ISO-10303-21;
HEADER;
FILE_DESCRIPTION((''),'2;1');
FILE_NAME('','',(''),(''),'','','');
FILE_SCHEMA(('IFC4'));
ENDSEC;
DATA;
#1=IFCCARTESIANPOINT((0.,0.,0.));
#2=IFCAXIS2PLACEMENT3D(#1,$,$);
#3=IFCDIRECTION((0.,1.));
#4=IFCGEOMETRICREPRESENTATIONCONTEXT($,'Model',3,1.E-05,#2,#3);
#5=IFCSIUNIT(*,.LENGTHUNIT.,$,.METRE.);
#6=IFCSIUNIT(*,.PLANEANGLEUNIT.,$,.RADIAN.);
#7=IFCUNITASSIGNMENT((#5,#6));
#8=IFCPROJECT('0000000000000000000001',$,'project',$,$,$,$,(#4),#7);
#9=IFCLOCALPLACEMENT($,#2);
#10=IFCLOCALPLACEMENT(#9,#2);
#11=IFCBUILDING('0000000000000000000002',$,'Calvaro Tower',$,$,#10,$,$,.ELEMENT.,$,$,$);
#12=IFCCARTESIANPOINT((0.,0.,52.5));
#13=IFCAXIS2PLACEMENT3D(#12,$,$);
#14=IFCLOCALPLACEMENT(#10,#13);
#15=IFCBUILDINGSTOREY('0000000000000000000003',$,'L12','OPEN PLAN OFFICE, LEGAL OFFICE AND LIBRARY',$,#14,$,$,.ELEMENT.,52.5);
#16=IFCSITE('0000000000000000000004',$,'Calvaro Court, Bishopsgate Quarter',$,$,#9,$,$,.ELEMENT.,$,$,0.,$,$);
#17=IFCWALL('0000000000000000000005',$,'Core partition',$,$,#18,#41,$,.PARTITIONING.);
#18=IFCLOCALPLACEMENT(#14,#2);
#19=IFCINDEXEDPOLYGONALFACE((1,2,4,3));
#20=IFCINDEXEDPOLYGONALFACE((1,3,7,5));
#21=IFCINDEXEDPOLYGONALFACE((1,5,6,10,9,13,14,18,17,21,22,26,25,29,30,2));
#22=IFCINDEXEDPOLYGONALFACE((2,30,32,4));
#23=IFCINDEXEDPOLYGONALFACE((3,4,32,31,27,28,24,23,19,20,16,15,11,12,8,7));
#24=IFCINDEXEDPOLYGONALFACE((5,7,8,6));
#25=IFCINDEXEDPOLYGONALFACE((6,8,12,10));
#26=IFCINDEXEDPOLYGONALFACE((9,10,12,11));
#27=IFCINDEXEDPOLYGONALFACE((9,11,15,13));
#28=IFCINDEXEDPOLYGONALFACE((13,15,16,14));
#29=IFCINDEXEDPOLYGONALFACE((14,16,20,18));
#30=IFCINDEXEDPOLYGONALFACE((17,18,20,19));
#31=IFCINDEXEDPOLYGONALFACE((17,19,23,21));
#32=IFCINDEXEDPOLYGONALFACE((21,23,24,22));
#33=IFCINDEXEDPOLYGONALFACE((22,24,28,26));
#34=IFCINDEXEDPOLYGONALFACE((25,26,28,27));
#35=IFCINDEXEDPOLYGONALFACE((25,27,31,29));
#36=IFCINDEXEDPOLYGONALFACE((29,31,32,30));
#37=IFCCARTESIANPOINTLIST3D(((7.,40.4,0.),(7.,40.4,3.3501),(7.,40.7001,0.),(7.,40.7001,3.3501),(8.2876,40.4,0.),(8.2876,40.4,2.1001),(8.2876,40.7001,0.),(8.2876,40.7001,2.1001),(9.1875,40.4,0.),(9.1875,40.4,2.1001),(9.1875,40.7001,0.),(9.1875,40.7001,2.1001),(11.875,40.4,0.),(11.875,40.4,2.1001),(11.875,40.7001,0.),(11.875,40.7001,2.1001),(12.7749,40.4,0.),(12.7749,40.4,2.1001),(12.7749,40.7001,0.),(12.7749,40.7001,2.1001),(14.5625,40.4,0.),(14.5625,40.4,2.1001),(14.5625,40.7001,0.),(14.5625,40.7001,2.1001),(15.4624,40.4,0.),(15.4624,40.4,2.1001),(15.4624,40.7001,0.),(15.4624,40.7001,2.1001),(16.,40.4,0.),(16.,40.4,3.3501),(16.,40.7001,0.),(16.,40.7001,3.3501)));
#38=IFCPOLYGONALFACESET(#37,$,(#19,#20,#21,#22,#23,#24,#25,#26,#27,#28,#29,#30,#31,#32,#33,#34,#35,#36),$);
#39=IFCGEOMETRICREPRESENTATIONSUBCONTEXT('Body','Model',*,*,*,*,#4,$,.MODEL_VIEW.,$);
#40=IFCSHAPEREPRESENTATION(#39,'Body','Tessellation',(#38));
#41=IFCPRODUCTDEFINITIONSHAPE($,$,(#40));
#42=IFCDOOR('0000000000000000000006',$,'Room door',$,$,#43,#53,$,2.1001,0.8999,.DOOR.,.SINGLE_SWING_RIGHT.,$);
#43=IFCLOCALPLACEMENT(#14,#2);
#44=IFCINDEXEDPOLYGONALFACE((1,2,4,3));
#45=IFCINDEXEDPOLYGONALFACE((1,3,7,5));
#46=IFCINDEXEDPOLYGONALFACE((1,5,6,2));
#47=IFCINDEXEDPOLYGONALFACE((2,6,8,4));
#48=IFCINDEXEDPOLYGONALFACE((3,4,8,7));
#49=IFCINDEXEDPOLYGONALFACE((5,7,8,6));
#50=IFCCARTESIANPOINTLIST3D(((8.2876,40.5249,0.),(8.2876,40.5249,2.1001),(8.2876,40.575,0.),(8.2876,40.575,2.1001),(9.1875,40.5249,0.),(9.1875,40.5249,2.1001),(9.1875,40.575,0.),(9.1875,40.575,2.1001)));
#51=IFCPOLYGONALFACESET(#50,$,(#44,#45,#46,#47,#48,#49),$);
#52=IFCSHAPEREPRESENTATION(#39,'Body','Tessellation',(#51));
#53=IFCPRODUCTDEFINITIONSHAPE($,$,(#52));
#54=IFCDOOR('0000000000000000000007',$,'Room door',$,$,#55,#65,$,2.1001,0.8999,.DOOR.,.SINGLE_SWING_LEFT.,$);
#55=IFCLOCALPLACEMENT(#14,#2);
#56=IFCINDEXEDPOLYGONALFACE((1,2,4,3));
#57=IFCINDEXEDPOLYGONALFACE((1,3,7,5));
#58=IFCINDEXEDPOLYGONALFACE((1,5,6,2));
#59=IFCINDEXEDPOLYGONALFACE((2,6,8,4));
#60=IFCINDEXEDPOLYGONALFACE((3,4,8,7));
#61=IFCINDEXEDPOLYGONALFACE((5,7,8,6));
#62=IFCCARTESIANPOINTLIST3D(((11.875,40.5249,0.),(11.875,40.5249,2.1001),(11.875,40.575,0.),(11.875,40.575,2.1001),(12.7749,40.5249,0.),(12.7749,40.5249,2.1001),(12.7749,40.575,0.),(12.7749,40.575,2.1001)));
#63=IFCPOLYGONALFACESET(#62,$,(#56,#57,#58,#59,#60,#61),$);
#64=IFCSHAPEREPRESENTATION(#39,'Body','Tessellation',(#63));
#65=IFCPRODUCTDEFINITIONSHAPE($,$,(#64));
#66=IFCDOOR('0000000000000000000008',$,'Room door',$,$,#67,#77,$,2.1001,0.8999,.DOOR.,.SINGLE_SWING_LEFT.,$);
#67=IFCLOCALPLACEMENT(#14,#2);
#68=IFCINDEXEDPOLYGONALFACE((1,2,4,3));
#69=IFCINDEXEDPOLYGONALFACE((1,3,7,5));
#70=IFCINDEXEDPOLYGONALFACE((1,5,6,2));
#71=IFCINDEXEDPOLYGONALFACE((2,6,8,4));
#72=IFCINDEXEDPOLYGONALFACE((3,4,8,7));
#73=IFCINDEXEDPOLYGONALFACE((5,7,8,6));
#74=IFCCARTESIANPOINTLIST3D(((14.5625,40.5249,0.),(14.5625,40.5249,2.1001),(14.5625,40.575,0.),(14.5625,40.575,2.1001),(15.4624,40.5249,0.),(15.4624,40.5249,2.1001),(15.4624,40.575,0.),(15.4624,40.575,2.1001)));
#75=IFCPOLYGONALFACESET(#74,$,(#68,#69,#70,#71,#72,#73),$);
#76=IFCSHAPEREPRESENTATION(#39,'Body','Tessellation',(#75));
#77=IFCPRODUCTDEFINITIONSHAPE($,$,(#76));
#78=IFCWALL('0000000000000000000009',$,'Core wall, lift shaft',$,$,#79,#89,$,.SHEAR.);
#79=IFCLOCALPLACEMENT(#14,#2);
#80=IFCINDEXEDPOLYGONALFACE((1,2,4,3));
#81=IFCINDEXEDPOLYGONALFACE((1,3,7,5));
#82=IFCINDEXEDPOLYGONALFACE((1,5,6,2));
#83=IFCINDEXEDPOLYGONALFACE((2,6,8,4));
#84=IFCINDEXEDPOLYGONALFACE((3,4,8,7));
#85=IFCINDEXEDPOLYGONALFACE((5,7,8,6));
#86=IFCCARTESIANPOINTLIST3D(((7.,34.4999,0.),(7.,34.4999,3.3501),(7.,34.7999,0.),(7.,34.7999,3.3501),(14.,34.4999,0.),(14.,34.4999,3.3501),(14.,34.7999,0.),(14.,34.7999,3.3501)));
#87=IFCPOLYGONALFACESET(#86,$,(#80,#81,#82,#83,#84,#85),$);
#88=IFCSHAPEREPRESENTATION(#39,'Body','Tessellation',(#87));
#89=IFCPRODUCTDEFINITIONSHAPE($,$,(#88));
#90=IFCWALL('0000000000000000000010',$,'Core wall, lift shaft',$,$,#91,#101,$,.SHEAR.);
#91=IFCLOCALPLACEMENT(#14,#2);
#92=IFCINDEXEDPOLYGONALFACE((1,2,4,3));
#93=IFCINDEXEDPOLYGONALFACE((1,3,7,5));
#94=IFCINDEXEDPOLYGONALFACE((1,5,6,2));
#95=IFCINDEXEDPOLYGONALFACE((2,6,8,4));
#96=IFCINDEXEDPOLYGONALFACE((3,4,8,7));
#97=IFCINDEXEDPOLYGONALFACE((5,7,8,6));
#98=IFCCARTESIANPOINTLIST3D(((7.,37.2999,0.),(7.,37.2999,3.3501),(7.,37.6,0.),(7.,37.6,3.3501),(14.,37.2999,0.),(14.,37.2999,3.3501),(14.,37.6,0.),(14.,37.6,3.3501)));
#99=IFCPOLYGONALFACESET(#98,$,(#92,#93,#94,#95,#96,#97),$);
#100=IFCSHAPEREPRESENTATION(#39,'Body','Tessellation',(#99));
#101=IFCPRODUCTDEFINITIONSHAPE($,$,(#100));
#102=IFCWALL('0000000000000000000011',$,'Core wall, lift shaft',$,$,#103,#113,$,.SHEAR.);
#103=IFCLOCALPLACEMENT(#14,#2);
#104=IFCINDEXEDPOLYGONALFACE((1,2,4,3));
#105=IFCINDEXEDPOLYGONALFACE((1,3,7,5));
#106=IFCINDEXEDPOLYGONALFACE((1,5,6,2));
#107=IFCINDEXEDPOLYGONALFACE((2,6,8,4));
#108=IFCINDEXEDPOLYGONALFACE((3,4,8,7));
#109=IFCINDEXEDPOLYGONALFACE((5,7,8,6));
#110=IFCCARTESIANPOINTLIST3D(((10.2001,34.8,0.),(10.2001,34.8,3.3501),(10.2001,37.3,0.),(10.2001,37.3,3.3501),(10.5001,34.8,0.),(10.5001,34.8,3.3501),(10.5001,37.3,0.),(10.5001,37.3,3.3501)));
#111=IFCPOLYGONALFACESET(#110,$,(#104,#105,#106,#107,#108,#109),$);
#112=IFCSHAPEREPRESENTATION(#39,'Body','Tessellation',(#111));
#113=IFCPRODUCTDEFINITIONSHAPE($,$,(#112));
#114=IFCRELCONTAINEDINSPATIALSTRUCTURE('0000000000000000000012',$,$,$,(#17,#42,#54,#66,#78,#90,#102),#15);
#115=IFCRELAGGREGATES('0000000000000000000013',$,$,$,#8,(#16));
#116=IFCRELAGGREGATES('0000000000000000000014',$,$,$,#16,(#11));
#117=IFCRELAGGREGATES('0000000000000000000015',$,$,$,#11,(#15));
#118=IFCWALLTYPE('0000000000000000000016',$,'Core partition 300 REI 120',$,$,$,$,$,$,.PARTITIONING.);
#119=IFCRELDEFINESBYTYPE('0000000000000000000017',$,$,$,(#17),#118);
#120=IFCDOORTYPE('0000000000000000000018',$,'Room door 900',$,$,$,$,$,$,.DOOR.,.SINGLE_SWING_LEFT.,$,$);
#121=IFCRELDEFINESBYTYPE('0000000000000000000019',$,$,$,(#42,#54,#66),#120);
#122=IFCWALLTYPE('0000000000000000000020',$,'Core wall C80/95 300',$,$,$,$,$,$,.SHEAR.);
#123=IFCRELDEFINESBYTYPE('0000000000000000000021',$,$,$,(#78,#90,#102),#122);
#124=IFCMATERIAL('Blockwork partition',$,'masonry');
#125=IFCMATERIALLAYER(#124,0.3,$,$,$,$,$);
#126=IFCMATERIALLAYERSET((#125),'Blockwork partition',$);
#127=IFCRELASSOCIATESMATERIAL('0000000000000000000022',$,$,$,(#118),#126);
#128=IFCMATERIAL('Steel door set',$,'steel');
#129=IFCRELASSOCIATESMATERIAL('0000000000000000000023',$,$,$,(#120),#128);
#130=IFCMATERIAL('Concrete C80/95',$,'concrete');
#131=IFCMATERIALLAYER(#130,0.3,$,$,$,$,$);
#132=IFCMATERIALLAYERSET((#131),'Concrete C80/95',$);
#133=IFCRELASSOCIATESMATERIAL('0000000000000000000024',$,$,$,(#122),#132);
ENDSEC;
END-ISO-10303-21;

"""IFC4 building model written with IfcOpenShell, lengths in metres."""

from ifc_helpers import new_model, si_unit, direction, frame, frame_2d, origin, place, context, subcontext, project, spatial, rectangle, extrude, material, layer, layer_set, type_object, element, fill, save


model = new_model("IFC4")

# Units and contexts
model_context = context("Model", 3, precision=1e-05, world=origin(), true_north=direction((0.0, 1.0)))
body_context = subcontext(model_context, "Body", "Model", "MODEL_VIEW")
ifc_project = project(units=[si_unit("LENGTHUNIT", "METRE"), si_unit("PLANEANGLEUNIT", "RADIAN")], contexts=[model_context])

# Site, building, storey
site_placement = place(None, origin())
site = spatial("IfcSite", under=ifc_project, at=site_placement, Name="Calvaro Court, Bishopsgate Quarter", CompositionType="ELEMENT", RefElevation=0.0)
building_placement = place(site_placement, origin())
building = spatial("IfcBuilding", under=site, at=building_placement, Name="Calvaro Tower", CompositionType="ELEMENT")
storey_placement = place(building_placement, frame((0.0, 0.0, 52.5)))
storey = spatial("IfcBuildingStorey", under=building, at=storey_placement, Name="L12", Description="OPEN PLAN OFFICE, LEGAL OFFICE AND LIBRARY", CompositionType="ELEMENT", Elevation=52.5)

# Wall, openings, doors
ifc_material_1 = material(Name="Blockwork partition", Category="masonry")
ifc_layer_1 = layer(ifc_material_1, 0.3)
ifc_layer_set_1 = layer_set([ifc_layer_1], Name="Blockwork partition")
wall_type_1 = type_object("IfcWallType", Name="Core partition 300 REI 120", PredefinedType="PARTITIONING", material=ifc_layer_set_1)
wall_1_placement = place(storey_placement, frame((7.0, 40.55, 0.0), z_axis=(0.0, 0.0, 1.0), x_axis=(1.0, 0.0, 0.0)))
wall_1 = element("IfcWall", 1, at=wall_1_placement, inside=storey, type_object=wall_type_1, Name="Core partition", PredefinedType="PARTITIONING", context=body_context, shape_type="SweptSolid", body=[
    extrude(rectangle(XDim=9.0, YDim=0.3, at=frame_2d((4.5, 0.0))), origin(), (0.0, 0.0, 1.0), 3.3501),
])
opening_1_placement = place(wall_1_placement, frame((1.2876, 0.0, 0.0)))
opening_1 = element("IfcOpeningElement", 2, at=opening_1_placement, cuts=wall_1, PredefinedType="OPENING", context=body_context, shape_type="SweptSolid", body=[
    extrude(rectangle(XDim=0.8999, YDim=2.1001, at=frame_2d((0.45, 1.05))), frame((0.0, 0.1599, 0.0), z_axis=(0.0, -1.0, 0.0), x_axis=(1.0, 0.0, 0.0)), (0.0, 0.0, 1.0), 0.3201),
])
opening_2_placement = place(wall_1_placement, frame((4.875, 0.0, 0.0)))
opening_2 = element("IfcOpeningElement", 3, at=opening_2_placement, cuts=wall_1, PredefinedType="OPENING", context=body_context, shape_type="SweptSolid", body=[
    extrude(rectangle(XDim=0.8999, YDim=2.1001, at=frame_2d((0.45, 1.05))), frame((0.0, 0.1599, 0.0), z_axis=(0.0, -1.0, 0.0), x_axis=(1.0, 0.0, 0.0)), (0.0, 0.0, 1.0), 0.3201),
])
opening_3_placement = place(wall_1_placement, frame((7.5625, 0.0, 0.0)))
opening_3 = element("IfcOpeningElement", 4, at=opening_3_placement, cuts=wall_1, PredefinedType="OPENING", context=body_context, shape_type="SweptSolid", body=[
    extrude(rectangle(XDim=0.8999, YDim=2.1001, at=frame_2d((0.45, 1.05))), frame((0.0, 0.1599, 0.0), z_axis=(0.0, -1.0, 0.0), x_axis=(1.0, 0.0, 0.0)), (0.0, 0.0, 1.0), 0.3201),
])
ifc_material_2 = material(Name="Steel door set", Category="steel")
door_type = type_object("IfcDoorType", Name="Room door 900", OperationType="SINGLE_SWING_LEFT", PredefinedType="DOOR", material=ifc_material_2)
door_1_placement = place(opening_1_placement, origin())
door_1 = element("IfcDoor", 5, at=door_1_placement, inside=storey, type_object=door_type, Name="Room door", OperationType="SINGLE_SWING_RIGHT", OverallHeight=2.1001, OverallWidth=0.8999, PredefinedType="DOOR", context=body_context, shape_type="SweptSolid", body=[
    extrude(rectangle(XDim=0.8999, YDim=2.1001, at=frame_2d((0.45, 1.05))), frame((0.0, 0.0249, 0.0), z_axis=(0.0, -1.0, 0.0), x_axis=(1.0, 0.0, 0.0)), (0.0, 0.0, 1.0), 0.05),
])
fill(opening_1, door_1)
door_2_placement = place(opening_2_placement, origin())
door_2 = element("IfcDoor", 6, at=door_2_placement, inside=storey, type_object=door_type, Name="Room door", OperationType="SINGLE_SWING_LEFT", OverallHeight=2.1001, OverallWidth=0.8999, PredefinedType="DOOR", context=body_context, shape_type="SweptSolid", body=[
    extrude(rectangle(XDim=0.8999, YDim=2.1001, at=frame_2d((0.45, 1.05))), frame((0.0, 0.0249, 0.0), z_axis=(0.0, -1.0, 0.0), x_axis=(1.0, 0.0, 0.0)), (0.0, 0.0, 1.0), 0.05),
])
fill(opening_2, door_2)
door_3_placement = place(opening_3_placement, origin())
door_3 = element("IfcDoor", 7, at=door_3_placement, inside=storey, type_object=door_type, Name="Room door", OperationType="SINGLE_SWING_LEFT", OverallHeight=2.1001, OverallWidth=0.8999, PredefinedType="DOOR", context=body_context, shape_type="SweptSolid", body=[
    extrude(rectangle(XDim=0.8999, YDim=2.1001, at=frame_2d((0.45, 1.05))), frame((0.0, 0.0249, 0.0), z_axis=(0.0, -1.0, 0.0), x_axis=(1.0, 0.0, 0.0)), (0.0, 0.0, 1.0), 0.05),
])
fill(opening_3, door_3)

# Walls
ifc_material_3 = material(Name="Concrete C80/95", Category="concrete")
ifc_layer_2 = layer(ifc_material_3, 0.3)
ifc_layer_set_2 = layer_set([ifc_layer_2], Name="Concrete C80/95")
wall_type_2 = type_object("IfcWallType", Name="Core wall C80/95 300", PredefinedType="SHEAR", material=ifc_layer_set_2)
for number, where, z_axis, x_axis, name in (
    (8, (7.0, 34.6499, 0.0), (0.0, 0.0, 1.0), (1.0, 0.0, 0.0), "Core wall, lift shaft"),
    (9, (7.0, 37.45, 0.0), (0.0, 0.0, 1.0), (1.0, 0.0, 0.0), "Core wall, lift shaft"),
):
    element("IfcWall", number, at=place(storey_placement, frame(where, z_axis=z_axis, x_axis=x_axis)), inside=storey, type_object=wall_type_2, Name=name, PredefinedType="SHEAR", context=body_context, shape_type="SweptSolid", body=[
        extrude(rectangle(XDim=7.0, YDim=0.3, at=frame_2d((3.5, 0.0))), origin(), (0.0, 0.0, 1.0), 3.3501),
    ])
wall_2_placement = place(storey_placement, frame((10.3501, 34.8, 0.0), z_axis=(0.0, 0.0, 1.0), x_axis=(0.0, 1.0, 0.0)))
element("IfcWall", 10, at=wall_2_placement, inside=storey, type_object=wall_type_2, Name="Core wall, lift shaft", PredefinedType="SHEAR", context=body_context, shape_type="SweptSolid", body=[
    extrude(rectangle(XDim=2.5, YDim=0.3, at=frame_2d((1.25, 0.0))), origin(), (0.0, 0.0, 1.0), 3.3501),
])

save(model, "model.ifc")
